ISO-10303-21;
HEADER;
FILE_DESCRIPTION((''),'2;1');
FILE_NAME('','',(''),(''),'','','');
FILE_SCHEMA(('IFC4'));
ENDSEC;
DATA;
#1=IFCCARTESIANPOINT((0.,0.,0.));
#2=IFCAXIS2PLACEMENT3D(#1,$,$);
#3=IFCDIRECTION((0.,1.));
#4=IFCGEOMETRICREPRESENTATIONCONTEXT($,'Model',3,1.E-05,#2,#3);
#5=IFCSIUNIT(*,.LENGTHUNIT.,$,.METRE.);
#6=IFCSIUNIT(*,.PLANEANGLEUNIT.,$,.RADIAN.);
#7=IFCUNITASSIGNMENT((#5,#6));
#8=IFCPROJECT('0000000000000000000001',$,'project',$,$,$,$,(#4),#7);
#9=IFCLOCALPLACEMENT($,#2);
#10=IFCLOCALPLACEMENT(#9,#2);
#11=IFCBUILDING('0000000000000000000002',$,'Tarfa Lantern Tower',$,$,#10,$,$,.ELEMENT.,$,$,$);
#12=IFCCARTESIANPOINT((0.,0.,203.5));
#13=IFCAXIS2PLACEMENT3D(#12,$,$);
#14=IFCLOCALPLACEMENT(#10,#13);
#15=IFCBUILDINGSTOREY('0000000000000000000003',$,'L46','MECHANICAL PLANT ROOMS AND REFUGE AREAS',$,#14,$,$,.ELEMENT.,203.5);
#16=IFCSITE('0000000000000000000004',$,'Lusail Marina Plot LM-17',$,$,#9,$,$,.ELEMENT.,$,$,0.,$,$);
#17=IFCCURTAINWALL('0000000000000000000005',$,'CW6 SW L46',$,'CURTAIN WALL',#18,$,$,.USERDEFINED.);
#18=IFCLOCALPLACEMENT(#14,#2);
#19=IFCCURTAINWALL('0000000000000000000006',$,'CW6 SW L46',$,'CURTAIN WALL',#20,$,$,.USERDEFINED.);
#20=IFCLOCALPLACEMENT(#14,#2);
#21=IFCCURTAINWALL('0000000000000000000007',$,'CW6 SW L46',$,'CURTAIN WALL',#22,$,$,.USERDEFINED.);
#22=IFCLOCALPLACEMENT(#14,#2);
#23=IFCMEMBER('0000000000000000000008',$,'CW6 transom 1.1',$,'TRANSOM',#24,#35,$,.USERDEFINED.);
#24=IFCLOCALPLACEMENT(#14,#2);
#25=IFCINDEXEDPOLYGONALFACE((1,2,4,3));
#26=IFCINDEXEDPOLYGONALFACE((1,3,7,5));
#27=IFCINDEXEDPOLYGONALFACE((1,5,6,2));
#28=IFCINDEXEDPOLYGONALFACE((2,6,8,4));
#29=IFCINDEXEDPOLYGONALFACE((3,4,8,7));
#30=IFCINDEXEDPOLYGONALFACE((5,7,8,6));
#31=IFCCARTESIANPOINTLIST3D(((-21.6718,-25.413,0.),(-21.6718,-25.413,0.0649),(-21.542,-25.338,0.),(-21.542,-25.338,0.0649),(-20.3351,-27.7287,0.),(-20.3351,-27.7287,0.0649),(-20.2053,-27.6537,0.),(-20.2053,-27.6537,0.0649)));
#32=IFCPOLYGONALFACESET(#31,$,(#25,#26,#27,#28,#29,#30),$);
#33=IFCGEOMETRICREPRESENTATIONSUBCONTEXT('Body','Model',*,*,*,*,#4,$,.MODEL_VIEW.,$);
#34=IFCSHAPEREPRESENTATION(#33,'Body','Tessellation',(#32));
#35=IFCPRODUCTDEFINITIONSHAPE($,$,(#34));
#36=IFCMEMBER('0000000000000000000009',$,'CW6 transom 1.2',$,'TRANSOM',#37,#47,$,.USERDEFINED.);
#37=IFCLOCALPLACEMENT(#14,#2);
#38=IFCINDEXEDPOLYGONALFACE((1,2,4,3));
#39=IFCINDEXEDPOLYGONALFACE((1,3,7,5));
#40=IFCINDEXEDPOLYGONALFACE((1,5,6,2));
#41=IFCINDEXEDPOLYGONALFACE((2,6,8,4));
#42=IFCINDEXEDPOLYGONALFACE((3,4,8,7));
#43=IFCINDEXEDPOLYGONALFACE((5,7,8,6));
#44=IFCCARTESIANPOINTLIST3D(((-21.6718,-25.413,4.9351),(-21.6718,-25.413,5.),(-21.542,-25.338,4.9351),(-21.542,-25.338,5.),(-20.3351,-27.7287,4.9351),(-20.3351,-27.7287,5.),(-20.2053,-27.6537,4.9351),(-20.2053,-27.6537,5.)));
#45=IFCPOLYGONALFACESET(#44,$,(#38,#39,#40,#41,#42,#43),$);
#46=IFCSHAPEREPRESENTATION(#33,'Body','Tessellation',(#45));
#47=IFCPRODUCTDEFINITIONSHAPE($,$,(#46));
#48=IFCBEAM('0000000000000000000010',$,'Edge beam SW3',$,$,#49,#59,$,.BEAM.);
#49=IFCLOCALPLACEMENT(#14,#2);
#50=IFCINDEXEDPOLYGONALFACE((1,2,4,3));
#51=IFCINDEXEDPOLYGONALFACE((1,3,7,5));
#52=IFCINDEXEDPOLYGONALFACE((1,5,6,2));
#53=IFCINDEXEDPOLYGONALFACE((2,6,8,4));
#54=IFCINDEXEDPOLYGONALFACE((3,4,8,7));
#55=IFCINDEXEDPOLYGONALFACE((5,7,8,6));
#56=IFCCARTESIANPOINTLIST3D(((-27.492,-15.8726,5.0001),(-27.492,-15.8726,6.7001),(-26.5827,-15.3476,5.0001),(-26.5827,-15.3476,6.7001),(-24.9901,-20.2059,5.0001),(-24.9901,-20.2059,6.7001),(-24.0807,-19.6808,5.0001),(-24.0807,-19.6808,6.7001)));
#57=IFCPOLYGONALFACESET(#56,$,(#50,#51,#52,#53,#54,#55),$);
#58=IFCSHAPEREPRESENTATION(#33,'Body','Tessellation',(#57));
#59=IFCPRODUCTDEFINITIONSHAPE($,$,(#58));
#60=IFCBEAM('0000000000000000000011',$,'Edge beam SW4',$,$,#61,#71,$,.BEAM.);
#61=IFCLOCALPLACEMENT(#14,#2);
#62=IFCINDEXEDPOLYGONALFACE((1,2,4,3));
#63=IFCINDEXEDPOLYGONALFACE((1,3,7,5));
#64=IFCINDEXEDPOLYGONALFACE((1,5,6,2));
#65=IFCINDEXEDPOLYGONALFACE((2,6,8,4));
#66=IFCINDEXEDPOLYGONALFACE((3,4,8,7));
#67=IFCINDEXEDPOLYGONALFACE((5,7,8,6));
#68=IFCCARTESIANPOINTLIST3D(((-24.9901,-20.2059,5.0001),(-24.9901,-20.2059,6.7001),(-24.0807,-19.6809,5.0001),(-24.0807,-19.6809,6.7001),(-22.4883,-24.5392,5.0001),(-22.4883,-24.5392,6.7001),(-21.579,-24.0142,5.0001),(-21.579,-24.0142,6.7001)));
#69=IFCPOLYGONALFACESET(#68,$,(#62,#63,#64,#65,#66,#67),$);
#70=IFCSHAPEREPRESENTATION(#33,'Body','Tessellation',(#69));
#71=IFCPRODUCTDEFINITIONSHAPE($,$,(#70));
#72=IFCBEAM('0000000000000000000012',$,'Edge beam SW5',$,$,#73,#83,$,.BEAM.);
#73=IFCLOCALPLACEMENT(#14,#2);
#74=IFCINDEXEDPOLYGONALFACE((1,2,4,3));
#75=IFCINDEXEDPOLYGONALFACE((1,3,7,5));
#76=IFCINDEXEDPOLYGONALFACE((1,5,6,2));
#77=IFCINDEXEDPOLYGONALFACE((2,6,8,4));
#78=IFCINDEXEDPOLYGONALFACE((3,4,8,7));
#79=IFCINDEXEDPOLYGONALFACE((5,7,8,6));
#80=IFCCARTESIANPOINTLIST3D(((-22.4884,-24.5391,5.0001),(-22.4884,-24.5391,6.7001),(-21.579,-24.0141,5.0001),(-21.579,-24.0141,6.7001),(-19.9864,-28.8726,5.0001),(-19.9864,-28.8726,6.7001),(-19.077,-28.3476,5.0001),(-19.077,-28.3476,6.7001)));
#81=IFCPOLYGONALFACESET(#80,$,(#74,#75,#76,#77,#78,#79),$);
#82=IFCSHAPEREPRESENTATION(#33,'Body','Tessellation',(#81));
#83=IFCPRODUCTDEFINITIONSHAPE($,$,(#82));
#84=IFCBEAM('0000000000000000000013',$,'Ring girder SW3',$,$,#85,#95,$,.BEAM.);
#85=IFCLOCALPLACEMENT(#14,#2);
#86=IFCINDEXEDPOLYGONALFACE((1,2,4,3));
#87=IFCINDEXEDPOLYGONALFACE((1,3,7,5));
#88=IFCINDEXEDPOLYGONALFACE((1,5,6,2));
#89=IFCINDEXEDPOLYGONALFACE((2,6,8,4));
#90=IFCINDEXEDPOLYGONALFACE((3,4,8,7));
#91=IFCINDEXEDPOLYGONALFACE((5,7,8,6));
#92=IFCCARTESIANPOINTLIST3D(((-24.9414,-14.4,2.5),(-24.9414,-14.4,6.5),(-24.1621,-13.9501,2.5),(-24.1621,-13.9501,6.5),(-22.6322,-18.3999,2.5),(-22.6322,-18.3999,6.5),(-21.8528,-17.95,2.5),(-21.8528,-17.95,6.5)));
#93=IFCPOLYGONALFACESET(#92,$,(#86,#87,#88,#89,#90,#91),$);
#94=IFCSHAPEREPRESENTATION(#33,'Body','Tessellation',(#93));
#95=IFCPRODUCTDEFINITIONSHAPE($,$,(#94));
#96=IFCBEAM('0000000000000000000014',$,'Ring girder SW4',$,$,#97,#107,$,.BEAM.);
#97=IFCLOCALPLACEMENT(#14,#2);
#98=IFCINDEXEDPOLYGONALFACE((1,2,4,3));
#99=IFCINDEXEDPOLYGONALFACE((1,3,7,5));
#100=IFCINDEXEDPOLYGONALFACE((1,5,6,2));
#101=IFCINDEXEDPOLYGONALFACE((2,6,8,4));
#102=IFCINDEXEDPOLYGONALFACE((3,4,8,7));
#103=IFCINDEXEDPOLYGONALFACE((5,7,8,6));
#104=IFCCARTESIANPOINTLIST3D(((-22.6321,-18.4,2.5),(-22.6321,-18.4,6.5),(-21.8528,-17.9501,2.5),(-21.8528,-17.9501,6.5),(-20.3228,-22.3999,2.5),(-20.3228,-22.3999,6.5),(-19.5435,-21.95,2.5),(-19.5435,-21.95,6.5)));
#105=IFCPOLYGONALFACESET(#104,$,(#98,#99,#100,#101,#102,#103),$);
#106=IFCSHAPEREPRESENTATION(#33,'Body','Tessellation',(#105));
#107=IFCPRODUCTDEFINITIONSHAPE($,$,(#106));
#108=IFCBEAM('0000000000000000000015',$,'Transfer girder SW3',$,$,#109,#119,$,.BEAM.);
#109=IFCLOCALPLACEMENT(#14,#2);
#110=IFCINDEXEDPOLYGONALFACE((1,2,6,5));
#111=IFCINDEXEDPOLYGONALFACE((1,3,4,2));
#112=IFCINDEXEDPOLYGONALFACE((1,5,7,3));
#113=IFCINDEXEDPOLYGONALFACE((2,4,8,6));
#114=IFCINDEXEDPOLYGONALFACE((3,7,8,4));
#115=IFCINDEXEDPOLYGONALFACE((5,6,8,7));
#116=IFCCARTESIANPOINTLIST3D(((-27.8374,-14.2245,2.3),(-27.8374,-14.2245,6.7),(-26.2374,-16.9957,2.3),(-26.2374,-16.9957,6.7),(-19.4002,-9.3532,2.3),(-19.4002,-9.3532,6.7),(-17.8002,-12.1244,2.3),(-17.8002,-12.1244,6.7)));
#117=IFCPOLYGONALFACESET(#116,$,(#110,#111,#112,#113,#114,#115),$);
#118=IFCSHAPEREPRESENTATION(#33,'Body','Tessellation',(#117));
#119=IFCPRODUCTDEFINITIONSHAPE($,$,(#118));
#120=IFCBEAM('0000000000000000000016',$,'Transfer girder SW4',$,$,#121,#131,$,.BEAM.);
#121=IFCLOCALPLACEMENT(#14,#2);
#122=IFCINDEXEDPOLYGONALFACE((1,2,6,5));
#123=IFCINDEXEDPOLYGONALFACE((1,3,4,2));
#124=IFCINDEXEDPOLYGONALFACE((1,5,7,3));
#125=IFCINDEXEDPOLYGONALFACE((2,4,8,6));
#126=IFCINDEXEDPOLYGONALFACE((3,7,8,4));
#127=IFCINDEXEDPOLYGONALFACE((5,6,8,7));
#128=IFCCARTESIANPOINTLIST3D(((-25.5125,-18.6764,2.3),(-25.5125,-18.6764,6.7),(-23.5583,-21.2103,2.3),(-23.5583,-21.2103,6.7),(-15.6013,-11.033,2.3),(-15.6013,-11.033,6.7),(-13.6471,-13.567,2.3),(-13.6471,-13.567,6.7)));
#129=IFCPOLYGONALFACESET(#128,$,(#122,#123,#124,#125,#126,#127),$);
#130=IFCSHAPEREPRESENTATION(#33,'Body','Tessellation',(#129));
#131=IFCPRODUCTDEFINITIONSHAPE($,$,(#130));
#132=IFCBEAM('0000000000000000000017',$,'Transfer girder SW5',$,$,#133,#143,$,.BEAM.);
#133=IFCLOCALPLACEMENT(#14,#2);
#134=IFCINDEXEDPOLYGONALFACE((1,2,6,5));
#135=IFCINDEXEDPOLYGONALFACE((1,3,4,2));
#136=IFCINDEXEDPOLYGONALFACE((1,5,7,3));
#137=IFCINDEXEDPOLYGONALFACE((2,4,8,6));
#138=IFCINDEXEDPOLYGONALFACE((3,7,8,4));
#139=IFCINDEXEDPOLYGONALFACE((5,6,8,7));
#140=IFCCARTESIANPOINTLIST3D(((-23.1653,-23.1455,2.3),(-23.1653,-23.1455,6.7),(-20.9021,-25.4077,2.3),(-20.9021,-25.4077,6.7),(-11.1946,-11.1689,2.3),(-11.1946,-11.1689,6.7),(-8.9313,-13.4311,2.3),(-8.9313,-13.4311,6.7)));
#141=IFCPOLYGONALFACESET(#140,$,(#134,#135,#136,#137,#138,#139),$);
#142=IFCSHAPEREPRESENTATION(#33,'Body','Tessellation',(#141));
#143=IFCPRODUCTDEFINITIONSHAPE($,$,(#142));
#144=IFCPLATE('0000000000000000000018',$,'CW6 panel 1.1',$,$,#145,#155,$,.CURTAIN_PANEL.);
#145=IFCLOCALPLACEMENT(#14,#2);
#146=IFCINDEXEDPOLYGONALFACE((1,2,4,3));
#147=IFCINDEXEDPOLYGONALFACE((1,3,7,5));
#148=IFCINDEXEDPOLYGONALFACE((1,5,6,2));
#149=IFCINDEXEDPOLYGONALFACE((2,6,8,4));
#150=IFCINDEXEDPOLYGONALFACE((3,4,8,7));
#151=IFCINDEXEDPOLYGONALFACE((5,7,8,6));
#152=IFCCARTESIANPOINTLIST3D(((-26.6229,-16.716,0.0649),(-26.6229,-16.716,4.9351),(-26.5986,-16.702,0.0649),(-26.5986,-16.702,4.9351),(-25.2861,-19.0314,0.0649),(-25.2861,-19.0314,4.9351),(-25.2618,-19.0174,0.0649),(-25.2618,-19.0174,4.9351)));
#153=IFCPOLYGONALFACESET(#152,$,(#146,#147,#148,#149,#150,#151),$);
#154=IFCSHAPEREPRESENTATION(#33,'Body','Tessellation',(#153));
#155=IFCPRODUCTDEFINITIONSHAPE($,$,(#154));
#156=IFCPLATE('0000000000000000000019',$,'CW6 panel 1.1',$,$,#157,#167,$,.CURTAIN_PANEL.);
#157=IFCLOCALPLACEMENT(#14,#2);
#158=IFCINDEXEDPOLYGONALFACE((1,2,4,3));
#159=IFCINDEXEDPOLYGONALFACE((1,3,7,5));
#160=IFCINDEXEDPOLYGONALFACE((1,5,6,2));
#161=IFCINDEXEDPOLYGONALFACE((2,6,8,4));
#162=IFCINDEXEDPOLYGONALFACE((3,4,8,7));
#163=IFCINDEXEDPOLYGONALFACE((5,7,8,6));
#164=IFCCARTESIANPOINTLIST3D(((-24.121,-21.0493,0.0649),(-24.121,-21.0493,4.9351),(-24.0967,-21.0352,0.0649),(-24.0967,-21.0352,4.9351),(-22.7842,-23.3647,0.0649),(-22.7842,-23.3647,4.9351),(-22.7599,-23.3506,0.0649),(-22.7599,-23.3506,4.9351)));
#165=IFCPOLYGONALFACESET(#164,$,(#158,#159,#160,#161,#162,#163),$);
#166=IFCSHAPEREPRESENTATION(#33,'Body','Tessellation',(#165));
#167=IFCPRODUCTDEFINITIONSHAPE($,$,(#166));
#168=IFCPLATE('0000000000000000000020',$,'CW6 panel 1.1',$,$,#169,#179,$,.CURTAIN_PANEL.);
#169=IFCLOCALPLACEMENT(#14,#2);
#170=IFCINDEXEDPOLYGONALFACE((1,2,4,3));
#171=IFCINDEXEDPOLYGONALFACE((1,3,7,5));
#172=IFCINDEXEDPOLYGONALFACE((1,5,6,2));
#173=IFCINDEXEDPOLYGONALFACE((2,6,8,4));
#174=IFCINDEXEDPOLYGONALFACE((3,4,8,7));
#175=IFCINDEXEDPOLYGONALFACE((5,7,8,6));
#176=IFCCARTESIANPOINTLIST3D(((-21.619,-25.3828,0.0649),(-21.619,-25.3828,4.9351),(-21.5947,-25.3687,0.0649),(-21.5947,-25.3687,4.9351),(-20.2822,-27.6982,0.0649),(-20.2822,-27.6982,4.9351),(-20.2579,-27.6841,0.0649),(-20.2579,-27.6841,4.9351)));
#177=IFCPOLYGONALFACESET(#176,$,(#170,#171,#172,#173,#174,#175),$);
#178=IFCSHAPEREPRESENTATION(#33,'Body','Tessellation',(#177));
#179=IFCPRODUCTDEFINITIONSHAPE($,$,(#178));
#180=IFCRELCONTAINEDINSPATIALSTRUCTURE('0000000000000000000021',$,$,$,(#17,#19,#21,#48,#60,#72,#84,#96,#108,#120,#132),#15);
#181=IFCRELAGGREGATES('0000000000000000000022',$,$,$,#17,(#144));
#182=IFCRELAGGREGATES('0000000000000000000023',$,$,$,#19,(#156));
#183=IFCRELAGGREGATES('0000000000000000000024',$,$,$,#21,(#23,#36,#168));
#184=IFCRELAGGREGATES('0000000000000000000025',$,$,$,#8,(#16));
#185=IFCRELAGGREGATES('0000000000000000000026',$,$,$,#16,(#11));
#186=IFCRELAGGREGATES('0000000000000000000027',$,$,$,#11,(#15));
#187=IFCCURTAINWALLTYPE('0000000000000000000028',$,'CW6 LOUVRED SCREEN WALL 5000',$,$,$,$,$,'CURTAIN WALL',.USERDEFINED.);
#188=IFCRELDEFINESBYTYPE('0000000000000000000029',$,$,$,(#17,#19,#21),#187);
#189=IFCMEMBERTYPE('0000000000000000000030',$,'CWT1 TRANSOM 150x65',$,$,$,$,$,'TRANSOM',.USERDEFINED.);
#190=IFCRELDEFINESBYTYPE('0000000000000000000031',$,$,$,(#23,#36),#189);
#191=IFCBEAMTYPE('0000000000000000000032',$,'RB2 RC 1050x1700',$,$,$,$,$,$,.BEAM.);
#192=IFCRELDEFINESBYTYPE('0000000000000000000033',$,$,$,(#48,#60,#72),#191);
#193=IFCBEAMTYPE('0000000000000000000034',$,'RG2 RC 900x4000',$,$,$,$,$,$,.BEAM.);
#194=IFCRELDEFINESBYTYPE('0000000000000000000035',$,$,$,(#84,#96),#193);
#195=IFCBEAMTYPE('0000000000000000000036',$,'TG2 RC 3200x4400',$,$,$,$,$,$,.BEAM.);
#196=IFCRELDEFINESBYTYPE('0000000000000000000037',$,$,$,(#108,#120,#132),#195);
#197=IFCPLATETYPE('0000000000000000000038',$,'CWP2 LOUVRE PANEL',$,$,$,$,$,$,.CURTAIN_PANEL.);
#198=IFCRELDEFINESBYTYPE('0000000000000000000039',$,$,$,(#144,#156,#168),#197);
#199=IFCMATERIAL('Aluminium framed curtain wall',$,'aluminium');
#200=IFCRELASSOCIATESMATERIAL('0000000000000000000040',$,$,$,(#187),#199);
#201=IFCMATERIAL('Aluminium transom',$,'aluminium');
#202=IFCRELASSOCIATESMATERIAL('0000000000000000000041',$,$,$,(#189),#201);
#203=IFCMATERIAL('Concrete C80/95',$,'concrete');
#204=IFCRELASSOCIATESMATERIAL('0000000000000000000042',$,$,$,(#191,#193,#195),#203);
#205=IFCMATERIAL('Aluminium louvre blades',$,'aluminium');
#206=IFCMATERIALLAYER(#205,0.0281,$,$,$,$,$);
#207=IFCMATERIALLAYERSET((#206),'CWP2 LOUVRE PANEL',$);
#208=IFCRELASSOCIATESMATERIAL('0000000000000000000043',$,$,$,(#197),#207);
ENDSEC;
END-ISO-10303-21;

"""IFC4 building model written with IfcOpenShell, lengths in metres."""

from ifc_helpers import new_model, si_unit, direction, frame, origin, origin_2d, place, context, subcontext, project, spatial, rectangle, extrude, material, layer, layer_set, material_profile, profile_set, type_object, element, aggregate, save


model = new_model("IFC4")

# Units and contexts
model_context = context("Model", 3, precision=1e-05, world=origin(), true_north=direction((0.0, 1.0)))
body_context = subcontext(model_context, "Body", "Model", "MODEL_VIEW")
ifc_project = project(units=[si_unit("LENGTHUNIT", "METRE"), si_unit("PLANEANGLEUNIT", "RADIAN")], contexts=[model_context])

# Site, building, storey
site_placement = place(None, origin())
site = spatial("IfcSite", under=ifc_project, at=site_placement, Name="Lusail Marina Plot LM-17", CompositionType="ELEMENT", RefElevation=0.0)
building_placement = place(site_placement, origin())
building = spatial("IfcBuilding", under=site, at=building_placement, Name="Tarfa Lantern Tower", CompositionType="ELEMENT")
storey_placement = place(building_placement, frame((0.0, 0.0, 203.5)))
storey = spatial("IfcBuildingStorey", under=building, at=storey_placement, Name="L46", Description="MECHANICAL PLANT ROOMS AND REFUGE AREAS", CompositionType="ELEMENT", Elevation=203.5)

# Shared definitions
ifc_material_1 = material(Name="Concrete C80/95", Category="concrete")

# Shared definitions
ifc_material_2 = material(Name="Aluminium framed curtain wall", Category="aluminium")
curtain_wall_type = type_object("IfcCurtainWallType", Name="CW6 LOUVRED SCREEN WALL 5000", ElementType="CURTAIN WALL", PredefinedType="USERDEFINED", material=ifc_material_2)

# Curtain walls
curtain_wall_1_placement = place(storey_placement, origin())
curtain_wall_1 = element("IfcCurtainWall", 1, at=curtain_wall_1_placement, inside=storey, type_object=curtain_wall_type, Name="CW6 SW L46", ObjectType="CURTAIN WALL", PredefinedType="USERDEFINED")
curtain_wall_2_placement = place(storey_placement, origin())
curtain_wall_2 = element("IfcCurtainWall", 2, at=curtain_wall_2_placement, inside=storey, type_object=curtain_wall_type, Name="CW6 SW L46", ObjectType="CURTAIN WALL", PredefinedType="USERDEFINED")

# Curtain wall
curtain_wall_3_placement = place(storey_placement, origin())
curtain_wall_3 = element("IfcCurtainWall", 3, at=curtain_wall_3_placement, inside=storey, type_object=curtain_wall_type, Name="CW6 SW L46", ObjectType="CURTAIN WALL", PredefinedType="USERDEFINED")

# Members
ifc_material_3 = material(Name="Aluminium transom", Category="aluminium")
ifc_material_profile_1 = material_profile(ifc_material_3, rectangle(XDim=0.1499, YDim=0.0649, at=origin_2d()), Name="AL TRANSOM 150x65")
ifc_profile_set_1 = profile_set([ifc_material_profile_1], Name="Aluminium transom")
member_type_1 = type_object("IfcMemberType", Name="CWT1 TRANSOM 150x65", ElementType="TRANSOM", PredefinedType="USERDEFINED", material=ifc_profile_set_1)
member_1_placement = place(storey_placement, frame((-21.6069, -25.3755, 0.0325), z_axis=(0.49992, -0.866072, 0.0), x_axis=(0.866072, 0.49992, 0.0)))
member_1 = element("IfcMember", 4, at=member_1_placement, type_object=member_type_1, Name="CW6 transom 1.1", ObjectType="TRANSOM", PredefinedType="USERDEFINED", context=body_context, shape_type="SweptSolid", body=[
    extrude(rectangle(XDim=0.1499, YDim=0.0649, at=origin_2d()), origin(), (0.0, 0.0, 1.0), 2.6738),
])
member_2_placement = place(storey_placement, frame((-21.6069, -25.3755, 4.9675), z_axis=(0.49992, -0.866072, 0.0), x_axis=(0.866072, 0.49992, 0.0)))
member_2 = element("IfcMember", 5, at=member_2_placement, type_object=member_type_1, Name="CW6 transom 1.2", ObjectType="TRANSOM", PredefinedType="USERDEFINED", context=body_context, shape_type="SweptSolid", body=[
    extrude(rectangle(XDim=0.1499, YDim=0.0649, at=origin_2d()), origin(), (0.0, 0.0, 1.0), 2.6738),
])

# Beams
ifc_material_profile_2 = material_profile(ifc_material_1, rectangle(XDim=1.05, YDim=1.7, at=origin_2d()), Name="RC 1050x1700")
ifc_profile_set_2 = profile_set([ifc_material_profile_2], Name="Concrete C80/95")
beam_type_1 = type_object("IfcBeamType", Name="RB2 RC 1050x1700", PredefinedType="BEAM", material=ifc_profile_set_2)
for number, where, z_axis, x_axis, name in (
    (6, (-27.0374, -15.6101, 5.8501), (0.500022, -0.866013, 0.0), (0.866013, 0.500022, 0.0), "Edge beam SW3"),
    (7, (-24.5354, -19.9434, 5.8501), (0.499986, -0.866034, 0.0), (0.866034, 0.499986, 0.0), "Edge beam SW4"),
):
    element("IfcBeam", number, at=place(storey_placement, frame(where, z_axis=z_axis, x_axis=x_axis)), inside=storey, type_object=beam_type_1, Name=name, PredefinedType="BEAM", context=body_context, shape_type="SweptSolid", body=[
        extrude(rectangle(XDim=1.05, YDim=1.7, at=origin_2d()), origin(), (0.0, 0.0, 1.0), 5.0037),
    ])
beam_1_placement = place(storey_placement, frame((-22.0337, -24.2766, 5.8501), z_axis=(0.500001, -0.866025, 0.0), x_axis=(0.866025, 0.500001, 0.0)))
element("IfcBeam", 8, at=beam_1_placement, inside=storey, type_object=beam_type_1, Name="Edge beam SW5", PredefinedType="BEAM", context=body_context, shape_type="SweptSolid", body=[
    extrude(rectangle(XDim=1.05, YDim=1.7, at=origin_2d()), origin(), (0.0, 0.0, 1.0), 5.0039),
])
ifc_material_profile_3 = material_profile(ifc_material_1, rectangle(XDim=0.8999, YDim=4.0, at=origin_2d()), Name="RC 900x4000")
ifc_profile_set_3 = profile_set([ifc_material_profile_3], Name="Concrete C80/95")
beam_type_2 = type_object("IfcBeamType", Name="RG2 RC 900x4000", PredefinedType="BEAM", material=ifc_profile_set_3)
for number, where, z_axis, x_axis, name in (
    (9, (-24.5518, -14.175, 4.5), (0.499988, -0.866032, 0.0), (0.866032, 0.499988, 0.0), "Ring girder SW3"),
    (10, (-22.2424, -18.175, 4.5), (0.499988, -0.866032, 0.0), (0.866032, 0.499988, 0.0), "Ring girder SW4"),
):
    element("IfcBeam", number, at=place(storey_placement, frame(where, z_axis=z_axis, x_axis=x_axis)), inside=storey, type_object=beam_type_2, Name=name, PredefinedType="BEAM", context=body_context, shape_type="SweptSolid", body=[
        extrude(rectangle(XDim=0.8999, YDim=4.0, at=origin_2d()), origin(), (0.0, 0.0, 1.0), 4.6187),
    ])
ifc_material_profile_4 = material_profile(ifc_material_1, rectangle(XDim=3.2, YDim=4.3999, at=origin_2d()), Name="RC 3200x4400")
ifc_profile_set_4 = profile_set([ifc_material_profile_4], Name="Concrete C80/95")
beam_type_3 = type_object("IfcBeamType", Name="TG2 RC 3200x4400", PredefinedType="BEAM", material=ifc_profile_set_4)
beam_2_placement = place(storey_placement, frame((-27.0374, -15.6101, 4.5), z_axis=(0.866022, 0.500007, 0.0), x_axis=(-0.500007, 0.866022, 0.0)))
element("IfcBeam", 11, at=beam_2_placement, inside=storey, type_object=beam_type_3, Name="Transfer girder SW3", PredefinedType="BEAM", context=body_context, shape_type="SweptSolid", body=[
    extrude(rectangle(XDim=3.2, YDim=4.3999, at=origin_2d()), origin(), (0.0, 0.0, 1.0), 9.7424),
])
beam_3_placement = place(storey_placement, frame((-24.5354, -19.9434, 4.5), z_axis=(0.791876, 0.610682, 0.0), x_axis=(-0.610682, 0.791876, 0.0)))
element("IfcBeam", 12, at=beam_3_placement, inside=storey, type_object=beam_type_3, Name="Transfer girder SW4", PredefinedType="BEAM", context=body_context, shape_type="SweptSolid", body=[
    extrude(rectangle(XDim=3.2, YDim=4.3999, at=origin_2d()), origin(), (0.0, 0.0, 1.0), 12.5161),
])
beam_4_placement = place(storey_placement, frame((-22.0337, -24.2766, 4.5), z_axis=(0.706934, 0.70728, 0.0), x_axis=(-0.70728, 0.706934, 0.0)))
element("IfcBeam", 13, at=beam_4_placement, inside=storey, type_object=beam_type_3, Name="Transfer girder SW5", PredefinedType="BEAM", context=body_context, shape_type="SweptSolid", body=[
    extrude(rectangle(XDim=3.2, YDim=4.3999, at=origin_2d()), origin(), (0.0, 0.0, 1.0), 16.9333),
])

# Plates
ifc_material_4 = material(Name="Aluminium louvre blades", Category="aluminium")
ifc_layer = layer(ifc_material_4, 0.0281)
ifc_layer_set = layer_set([ifc_layer], Name="CWP2 LOUVRE PANEL")
plate_type = type_object("IfcPlateType", Name="CWP2 LOUVRE PANEL", PredefinedType="CURTAIN_PANEL", material=ifc_layer_set)
plate_1_placement = place(storey_placement, frame((-25.9424, -17.8667, 0.0649), z_axis=(0.0, 0.0, 1.0), x_axis=(0.5, -0.866025, 0.0)))
plate_1 = element("IfcPlate", 14, at=plate_1_placement, type_object=plate_type, Name="CW6 panel 1.1", PredefinedType="CURTAIN_PANEL", context=body_context, shape_type="SweptSolid", body=[
    extrude(rectangle(XDim=2.6736, YDim=0.0281, at=origin_2d()), origin(), (0.0, 0.0, 1.0), 4.8701),
])
aggregate(curtain_wall_1, [plate_1])
plate_2_placement = place(storey_placement, frame((-23.4404, -22.2, 0.0649), z_axis=(0.0, 0.0, 1.0), x_axis=(0.5, -0.866025, 0.0)))
plate_2 = element("IfcPlate", 15, at=plate_2_placement, type_object=plate_type, Name="CW6 panel 1.1", PredefinedType="CURTAIN_PANEL", context=body_context, shape_type="SweptSolid", body=[
    extrude(rectangle(XDim=2.6736, YDim=0.0281, at=origin_2d()), origin(), (0.0, 0.0, 1.0), 4.8701),
])
aggregate(curtain_wall_2, [plate_2])
plate_3_placement = place(storey_placement, frame((-20.9385, -26.5334, 0.0649), z_axis=(0.0, 0.0, 1.0), x_axis=(0.5, -0.866025, 0.0)))
plate_3 = element("IfcPlate", 16, at=plate_3_placement, type_object=plate_type, Name="CW6 panel 1.1", PredefinedType="CURTAIN_PANEL", context=body_context, shape_type="SweptSolid", body=[
    extrude(rectangle(XDim=2.6736, YDim=0.0281, at=origin_2d()), origin(), (0.0, 0.0, 1.0), 4.8701),
])
aggregate(curtain_wall_3, [member_1, member_2, plate_3])

save(model, "model.ifc")
